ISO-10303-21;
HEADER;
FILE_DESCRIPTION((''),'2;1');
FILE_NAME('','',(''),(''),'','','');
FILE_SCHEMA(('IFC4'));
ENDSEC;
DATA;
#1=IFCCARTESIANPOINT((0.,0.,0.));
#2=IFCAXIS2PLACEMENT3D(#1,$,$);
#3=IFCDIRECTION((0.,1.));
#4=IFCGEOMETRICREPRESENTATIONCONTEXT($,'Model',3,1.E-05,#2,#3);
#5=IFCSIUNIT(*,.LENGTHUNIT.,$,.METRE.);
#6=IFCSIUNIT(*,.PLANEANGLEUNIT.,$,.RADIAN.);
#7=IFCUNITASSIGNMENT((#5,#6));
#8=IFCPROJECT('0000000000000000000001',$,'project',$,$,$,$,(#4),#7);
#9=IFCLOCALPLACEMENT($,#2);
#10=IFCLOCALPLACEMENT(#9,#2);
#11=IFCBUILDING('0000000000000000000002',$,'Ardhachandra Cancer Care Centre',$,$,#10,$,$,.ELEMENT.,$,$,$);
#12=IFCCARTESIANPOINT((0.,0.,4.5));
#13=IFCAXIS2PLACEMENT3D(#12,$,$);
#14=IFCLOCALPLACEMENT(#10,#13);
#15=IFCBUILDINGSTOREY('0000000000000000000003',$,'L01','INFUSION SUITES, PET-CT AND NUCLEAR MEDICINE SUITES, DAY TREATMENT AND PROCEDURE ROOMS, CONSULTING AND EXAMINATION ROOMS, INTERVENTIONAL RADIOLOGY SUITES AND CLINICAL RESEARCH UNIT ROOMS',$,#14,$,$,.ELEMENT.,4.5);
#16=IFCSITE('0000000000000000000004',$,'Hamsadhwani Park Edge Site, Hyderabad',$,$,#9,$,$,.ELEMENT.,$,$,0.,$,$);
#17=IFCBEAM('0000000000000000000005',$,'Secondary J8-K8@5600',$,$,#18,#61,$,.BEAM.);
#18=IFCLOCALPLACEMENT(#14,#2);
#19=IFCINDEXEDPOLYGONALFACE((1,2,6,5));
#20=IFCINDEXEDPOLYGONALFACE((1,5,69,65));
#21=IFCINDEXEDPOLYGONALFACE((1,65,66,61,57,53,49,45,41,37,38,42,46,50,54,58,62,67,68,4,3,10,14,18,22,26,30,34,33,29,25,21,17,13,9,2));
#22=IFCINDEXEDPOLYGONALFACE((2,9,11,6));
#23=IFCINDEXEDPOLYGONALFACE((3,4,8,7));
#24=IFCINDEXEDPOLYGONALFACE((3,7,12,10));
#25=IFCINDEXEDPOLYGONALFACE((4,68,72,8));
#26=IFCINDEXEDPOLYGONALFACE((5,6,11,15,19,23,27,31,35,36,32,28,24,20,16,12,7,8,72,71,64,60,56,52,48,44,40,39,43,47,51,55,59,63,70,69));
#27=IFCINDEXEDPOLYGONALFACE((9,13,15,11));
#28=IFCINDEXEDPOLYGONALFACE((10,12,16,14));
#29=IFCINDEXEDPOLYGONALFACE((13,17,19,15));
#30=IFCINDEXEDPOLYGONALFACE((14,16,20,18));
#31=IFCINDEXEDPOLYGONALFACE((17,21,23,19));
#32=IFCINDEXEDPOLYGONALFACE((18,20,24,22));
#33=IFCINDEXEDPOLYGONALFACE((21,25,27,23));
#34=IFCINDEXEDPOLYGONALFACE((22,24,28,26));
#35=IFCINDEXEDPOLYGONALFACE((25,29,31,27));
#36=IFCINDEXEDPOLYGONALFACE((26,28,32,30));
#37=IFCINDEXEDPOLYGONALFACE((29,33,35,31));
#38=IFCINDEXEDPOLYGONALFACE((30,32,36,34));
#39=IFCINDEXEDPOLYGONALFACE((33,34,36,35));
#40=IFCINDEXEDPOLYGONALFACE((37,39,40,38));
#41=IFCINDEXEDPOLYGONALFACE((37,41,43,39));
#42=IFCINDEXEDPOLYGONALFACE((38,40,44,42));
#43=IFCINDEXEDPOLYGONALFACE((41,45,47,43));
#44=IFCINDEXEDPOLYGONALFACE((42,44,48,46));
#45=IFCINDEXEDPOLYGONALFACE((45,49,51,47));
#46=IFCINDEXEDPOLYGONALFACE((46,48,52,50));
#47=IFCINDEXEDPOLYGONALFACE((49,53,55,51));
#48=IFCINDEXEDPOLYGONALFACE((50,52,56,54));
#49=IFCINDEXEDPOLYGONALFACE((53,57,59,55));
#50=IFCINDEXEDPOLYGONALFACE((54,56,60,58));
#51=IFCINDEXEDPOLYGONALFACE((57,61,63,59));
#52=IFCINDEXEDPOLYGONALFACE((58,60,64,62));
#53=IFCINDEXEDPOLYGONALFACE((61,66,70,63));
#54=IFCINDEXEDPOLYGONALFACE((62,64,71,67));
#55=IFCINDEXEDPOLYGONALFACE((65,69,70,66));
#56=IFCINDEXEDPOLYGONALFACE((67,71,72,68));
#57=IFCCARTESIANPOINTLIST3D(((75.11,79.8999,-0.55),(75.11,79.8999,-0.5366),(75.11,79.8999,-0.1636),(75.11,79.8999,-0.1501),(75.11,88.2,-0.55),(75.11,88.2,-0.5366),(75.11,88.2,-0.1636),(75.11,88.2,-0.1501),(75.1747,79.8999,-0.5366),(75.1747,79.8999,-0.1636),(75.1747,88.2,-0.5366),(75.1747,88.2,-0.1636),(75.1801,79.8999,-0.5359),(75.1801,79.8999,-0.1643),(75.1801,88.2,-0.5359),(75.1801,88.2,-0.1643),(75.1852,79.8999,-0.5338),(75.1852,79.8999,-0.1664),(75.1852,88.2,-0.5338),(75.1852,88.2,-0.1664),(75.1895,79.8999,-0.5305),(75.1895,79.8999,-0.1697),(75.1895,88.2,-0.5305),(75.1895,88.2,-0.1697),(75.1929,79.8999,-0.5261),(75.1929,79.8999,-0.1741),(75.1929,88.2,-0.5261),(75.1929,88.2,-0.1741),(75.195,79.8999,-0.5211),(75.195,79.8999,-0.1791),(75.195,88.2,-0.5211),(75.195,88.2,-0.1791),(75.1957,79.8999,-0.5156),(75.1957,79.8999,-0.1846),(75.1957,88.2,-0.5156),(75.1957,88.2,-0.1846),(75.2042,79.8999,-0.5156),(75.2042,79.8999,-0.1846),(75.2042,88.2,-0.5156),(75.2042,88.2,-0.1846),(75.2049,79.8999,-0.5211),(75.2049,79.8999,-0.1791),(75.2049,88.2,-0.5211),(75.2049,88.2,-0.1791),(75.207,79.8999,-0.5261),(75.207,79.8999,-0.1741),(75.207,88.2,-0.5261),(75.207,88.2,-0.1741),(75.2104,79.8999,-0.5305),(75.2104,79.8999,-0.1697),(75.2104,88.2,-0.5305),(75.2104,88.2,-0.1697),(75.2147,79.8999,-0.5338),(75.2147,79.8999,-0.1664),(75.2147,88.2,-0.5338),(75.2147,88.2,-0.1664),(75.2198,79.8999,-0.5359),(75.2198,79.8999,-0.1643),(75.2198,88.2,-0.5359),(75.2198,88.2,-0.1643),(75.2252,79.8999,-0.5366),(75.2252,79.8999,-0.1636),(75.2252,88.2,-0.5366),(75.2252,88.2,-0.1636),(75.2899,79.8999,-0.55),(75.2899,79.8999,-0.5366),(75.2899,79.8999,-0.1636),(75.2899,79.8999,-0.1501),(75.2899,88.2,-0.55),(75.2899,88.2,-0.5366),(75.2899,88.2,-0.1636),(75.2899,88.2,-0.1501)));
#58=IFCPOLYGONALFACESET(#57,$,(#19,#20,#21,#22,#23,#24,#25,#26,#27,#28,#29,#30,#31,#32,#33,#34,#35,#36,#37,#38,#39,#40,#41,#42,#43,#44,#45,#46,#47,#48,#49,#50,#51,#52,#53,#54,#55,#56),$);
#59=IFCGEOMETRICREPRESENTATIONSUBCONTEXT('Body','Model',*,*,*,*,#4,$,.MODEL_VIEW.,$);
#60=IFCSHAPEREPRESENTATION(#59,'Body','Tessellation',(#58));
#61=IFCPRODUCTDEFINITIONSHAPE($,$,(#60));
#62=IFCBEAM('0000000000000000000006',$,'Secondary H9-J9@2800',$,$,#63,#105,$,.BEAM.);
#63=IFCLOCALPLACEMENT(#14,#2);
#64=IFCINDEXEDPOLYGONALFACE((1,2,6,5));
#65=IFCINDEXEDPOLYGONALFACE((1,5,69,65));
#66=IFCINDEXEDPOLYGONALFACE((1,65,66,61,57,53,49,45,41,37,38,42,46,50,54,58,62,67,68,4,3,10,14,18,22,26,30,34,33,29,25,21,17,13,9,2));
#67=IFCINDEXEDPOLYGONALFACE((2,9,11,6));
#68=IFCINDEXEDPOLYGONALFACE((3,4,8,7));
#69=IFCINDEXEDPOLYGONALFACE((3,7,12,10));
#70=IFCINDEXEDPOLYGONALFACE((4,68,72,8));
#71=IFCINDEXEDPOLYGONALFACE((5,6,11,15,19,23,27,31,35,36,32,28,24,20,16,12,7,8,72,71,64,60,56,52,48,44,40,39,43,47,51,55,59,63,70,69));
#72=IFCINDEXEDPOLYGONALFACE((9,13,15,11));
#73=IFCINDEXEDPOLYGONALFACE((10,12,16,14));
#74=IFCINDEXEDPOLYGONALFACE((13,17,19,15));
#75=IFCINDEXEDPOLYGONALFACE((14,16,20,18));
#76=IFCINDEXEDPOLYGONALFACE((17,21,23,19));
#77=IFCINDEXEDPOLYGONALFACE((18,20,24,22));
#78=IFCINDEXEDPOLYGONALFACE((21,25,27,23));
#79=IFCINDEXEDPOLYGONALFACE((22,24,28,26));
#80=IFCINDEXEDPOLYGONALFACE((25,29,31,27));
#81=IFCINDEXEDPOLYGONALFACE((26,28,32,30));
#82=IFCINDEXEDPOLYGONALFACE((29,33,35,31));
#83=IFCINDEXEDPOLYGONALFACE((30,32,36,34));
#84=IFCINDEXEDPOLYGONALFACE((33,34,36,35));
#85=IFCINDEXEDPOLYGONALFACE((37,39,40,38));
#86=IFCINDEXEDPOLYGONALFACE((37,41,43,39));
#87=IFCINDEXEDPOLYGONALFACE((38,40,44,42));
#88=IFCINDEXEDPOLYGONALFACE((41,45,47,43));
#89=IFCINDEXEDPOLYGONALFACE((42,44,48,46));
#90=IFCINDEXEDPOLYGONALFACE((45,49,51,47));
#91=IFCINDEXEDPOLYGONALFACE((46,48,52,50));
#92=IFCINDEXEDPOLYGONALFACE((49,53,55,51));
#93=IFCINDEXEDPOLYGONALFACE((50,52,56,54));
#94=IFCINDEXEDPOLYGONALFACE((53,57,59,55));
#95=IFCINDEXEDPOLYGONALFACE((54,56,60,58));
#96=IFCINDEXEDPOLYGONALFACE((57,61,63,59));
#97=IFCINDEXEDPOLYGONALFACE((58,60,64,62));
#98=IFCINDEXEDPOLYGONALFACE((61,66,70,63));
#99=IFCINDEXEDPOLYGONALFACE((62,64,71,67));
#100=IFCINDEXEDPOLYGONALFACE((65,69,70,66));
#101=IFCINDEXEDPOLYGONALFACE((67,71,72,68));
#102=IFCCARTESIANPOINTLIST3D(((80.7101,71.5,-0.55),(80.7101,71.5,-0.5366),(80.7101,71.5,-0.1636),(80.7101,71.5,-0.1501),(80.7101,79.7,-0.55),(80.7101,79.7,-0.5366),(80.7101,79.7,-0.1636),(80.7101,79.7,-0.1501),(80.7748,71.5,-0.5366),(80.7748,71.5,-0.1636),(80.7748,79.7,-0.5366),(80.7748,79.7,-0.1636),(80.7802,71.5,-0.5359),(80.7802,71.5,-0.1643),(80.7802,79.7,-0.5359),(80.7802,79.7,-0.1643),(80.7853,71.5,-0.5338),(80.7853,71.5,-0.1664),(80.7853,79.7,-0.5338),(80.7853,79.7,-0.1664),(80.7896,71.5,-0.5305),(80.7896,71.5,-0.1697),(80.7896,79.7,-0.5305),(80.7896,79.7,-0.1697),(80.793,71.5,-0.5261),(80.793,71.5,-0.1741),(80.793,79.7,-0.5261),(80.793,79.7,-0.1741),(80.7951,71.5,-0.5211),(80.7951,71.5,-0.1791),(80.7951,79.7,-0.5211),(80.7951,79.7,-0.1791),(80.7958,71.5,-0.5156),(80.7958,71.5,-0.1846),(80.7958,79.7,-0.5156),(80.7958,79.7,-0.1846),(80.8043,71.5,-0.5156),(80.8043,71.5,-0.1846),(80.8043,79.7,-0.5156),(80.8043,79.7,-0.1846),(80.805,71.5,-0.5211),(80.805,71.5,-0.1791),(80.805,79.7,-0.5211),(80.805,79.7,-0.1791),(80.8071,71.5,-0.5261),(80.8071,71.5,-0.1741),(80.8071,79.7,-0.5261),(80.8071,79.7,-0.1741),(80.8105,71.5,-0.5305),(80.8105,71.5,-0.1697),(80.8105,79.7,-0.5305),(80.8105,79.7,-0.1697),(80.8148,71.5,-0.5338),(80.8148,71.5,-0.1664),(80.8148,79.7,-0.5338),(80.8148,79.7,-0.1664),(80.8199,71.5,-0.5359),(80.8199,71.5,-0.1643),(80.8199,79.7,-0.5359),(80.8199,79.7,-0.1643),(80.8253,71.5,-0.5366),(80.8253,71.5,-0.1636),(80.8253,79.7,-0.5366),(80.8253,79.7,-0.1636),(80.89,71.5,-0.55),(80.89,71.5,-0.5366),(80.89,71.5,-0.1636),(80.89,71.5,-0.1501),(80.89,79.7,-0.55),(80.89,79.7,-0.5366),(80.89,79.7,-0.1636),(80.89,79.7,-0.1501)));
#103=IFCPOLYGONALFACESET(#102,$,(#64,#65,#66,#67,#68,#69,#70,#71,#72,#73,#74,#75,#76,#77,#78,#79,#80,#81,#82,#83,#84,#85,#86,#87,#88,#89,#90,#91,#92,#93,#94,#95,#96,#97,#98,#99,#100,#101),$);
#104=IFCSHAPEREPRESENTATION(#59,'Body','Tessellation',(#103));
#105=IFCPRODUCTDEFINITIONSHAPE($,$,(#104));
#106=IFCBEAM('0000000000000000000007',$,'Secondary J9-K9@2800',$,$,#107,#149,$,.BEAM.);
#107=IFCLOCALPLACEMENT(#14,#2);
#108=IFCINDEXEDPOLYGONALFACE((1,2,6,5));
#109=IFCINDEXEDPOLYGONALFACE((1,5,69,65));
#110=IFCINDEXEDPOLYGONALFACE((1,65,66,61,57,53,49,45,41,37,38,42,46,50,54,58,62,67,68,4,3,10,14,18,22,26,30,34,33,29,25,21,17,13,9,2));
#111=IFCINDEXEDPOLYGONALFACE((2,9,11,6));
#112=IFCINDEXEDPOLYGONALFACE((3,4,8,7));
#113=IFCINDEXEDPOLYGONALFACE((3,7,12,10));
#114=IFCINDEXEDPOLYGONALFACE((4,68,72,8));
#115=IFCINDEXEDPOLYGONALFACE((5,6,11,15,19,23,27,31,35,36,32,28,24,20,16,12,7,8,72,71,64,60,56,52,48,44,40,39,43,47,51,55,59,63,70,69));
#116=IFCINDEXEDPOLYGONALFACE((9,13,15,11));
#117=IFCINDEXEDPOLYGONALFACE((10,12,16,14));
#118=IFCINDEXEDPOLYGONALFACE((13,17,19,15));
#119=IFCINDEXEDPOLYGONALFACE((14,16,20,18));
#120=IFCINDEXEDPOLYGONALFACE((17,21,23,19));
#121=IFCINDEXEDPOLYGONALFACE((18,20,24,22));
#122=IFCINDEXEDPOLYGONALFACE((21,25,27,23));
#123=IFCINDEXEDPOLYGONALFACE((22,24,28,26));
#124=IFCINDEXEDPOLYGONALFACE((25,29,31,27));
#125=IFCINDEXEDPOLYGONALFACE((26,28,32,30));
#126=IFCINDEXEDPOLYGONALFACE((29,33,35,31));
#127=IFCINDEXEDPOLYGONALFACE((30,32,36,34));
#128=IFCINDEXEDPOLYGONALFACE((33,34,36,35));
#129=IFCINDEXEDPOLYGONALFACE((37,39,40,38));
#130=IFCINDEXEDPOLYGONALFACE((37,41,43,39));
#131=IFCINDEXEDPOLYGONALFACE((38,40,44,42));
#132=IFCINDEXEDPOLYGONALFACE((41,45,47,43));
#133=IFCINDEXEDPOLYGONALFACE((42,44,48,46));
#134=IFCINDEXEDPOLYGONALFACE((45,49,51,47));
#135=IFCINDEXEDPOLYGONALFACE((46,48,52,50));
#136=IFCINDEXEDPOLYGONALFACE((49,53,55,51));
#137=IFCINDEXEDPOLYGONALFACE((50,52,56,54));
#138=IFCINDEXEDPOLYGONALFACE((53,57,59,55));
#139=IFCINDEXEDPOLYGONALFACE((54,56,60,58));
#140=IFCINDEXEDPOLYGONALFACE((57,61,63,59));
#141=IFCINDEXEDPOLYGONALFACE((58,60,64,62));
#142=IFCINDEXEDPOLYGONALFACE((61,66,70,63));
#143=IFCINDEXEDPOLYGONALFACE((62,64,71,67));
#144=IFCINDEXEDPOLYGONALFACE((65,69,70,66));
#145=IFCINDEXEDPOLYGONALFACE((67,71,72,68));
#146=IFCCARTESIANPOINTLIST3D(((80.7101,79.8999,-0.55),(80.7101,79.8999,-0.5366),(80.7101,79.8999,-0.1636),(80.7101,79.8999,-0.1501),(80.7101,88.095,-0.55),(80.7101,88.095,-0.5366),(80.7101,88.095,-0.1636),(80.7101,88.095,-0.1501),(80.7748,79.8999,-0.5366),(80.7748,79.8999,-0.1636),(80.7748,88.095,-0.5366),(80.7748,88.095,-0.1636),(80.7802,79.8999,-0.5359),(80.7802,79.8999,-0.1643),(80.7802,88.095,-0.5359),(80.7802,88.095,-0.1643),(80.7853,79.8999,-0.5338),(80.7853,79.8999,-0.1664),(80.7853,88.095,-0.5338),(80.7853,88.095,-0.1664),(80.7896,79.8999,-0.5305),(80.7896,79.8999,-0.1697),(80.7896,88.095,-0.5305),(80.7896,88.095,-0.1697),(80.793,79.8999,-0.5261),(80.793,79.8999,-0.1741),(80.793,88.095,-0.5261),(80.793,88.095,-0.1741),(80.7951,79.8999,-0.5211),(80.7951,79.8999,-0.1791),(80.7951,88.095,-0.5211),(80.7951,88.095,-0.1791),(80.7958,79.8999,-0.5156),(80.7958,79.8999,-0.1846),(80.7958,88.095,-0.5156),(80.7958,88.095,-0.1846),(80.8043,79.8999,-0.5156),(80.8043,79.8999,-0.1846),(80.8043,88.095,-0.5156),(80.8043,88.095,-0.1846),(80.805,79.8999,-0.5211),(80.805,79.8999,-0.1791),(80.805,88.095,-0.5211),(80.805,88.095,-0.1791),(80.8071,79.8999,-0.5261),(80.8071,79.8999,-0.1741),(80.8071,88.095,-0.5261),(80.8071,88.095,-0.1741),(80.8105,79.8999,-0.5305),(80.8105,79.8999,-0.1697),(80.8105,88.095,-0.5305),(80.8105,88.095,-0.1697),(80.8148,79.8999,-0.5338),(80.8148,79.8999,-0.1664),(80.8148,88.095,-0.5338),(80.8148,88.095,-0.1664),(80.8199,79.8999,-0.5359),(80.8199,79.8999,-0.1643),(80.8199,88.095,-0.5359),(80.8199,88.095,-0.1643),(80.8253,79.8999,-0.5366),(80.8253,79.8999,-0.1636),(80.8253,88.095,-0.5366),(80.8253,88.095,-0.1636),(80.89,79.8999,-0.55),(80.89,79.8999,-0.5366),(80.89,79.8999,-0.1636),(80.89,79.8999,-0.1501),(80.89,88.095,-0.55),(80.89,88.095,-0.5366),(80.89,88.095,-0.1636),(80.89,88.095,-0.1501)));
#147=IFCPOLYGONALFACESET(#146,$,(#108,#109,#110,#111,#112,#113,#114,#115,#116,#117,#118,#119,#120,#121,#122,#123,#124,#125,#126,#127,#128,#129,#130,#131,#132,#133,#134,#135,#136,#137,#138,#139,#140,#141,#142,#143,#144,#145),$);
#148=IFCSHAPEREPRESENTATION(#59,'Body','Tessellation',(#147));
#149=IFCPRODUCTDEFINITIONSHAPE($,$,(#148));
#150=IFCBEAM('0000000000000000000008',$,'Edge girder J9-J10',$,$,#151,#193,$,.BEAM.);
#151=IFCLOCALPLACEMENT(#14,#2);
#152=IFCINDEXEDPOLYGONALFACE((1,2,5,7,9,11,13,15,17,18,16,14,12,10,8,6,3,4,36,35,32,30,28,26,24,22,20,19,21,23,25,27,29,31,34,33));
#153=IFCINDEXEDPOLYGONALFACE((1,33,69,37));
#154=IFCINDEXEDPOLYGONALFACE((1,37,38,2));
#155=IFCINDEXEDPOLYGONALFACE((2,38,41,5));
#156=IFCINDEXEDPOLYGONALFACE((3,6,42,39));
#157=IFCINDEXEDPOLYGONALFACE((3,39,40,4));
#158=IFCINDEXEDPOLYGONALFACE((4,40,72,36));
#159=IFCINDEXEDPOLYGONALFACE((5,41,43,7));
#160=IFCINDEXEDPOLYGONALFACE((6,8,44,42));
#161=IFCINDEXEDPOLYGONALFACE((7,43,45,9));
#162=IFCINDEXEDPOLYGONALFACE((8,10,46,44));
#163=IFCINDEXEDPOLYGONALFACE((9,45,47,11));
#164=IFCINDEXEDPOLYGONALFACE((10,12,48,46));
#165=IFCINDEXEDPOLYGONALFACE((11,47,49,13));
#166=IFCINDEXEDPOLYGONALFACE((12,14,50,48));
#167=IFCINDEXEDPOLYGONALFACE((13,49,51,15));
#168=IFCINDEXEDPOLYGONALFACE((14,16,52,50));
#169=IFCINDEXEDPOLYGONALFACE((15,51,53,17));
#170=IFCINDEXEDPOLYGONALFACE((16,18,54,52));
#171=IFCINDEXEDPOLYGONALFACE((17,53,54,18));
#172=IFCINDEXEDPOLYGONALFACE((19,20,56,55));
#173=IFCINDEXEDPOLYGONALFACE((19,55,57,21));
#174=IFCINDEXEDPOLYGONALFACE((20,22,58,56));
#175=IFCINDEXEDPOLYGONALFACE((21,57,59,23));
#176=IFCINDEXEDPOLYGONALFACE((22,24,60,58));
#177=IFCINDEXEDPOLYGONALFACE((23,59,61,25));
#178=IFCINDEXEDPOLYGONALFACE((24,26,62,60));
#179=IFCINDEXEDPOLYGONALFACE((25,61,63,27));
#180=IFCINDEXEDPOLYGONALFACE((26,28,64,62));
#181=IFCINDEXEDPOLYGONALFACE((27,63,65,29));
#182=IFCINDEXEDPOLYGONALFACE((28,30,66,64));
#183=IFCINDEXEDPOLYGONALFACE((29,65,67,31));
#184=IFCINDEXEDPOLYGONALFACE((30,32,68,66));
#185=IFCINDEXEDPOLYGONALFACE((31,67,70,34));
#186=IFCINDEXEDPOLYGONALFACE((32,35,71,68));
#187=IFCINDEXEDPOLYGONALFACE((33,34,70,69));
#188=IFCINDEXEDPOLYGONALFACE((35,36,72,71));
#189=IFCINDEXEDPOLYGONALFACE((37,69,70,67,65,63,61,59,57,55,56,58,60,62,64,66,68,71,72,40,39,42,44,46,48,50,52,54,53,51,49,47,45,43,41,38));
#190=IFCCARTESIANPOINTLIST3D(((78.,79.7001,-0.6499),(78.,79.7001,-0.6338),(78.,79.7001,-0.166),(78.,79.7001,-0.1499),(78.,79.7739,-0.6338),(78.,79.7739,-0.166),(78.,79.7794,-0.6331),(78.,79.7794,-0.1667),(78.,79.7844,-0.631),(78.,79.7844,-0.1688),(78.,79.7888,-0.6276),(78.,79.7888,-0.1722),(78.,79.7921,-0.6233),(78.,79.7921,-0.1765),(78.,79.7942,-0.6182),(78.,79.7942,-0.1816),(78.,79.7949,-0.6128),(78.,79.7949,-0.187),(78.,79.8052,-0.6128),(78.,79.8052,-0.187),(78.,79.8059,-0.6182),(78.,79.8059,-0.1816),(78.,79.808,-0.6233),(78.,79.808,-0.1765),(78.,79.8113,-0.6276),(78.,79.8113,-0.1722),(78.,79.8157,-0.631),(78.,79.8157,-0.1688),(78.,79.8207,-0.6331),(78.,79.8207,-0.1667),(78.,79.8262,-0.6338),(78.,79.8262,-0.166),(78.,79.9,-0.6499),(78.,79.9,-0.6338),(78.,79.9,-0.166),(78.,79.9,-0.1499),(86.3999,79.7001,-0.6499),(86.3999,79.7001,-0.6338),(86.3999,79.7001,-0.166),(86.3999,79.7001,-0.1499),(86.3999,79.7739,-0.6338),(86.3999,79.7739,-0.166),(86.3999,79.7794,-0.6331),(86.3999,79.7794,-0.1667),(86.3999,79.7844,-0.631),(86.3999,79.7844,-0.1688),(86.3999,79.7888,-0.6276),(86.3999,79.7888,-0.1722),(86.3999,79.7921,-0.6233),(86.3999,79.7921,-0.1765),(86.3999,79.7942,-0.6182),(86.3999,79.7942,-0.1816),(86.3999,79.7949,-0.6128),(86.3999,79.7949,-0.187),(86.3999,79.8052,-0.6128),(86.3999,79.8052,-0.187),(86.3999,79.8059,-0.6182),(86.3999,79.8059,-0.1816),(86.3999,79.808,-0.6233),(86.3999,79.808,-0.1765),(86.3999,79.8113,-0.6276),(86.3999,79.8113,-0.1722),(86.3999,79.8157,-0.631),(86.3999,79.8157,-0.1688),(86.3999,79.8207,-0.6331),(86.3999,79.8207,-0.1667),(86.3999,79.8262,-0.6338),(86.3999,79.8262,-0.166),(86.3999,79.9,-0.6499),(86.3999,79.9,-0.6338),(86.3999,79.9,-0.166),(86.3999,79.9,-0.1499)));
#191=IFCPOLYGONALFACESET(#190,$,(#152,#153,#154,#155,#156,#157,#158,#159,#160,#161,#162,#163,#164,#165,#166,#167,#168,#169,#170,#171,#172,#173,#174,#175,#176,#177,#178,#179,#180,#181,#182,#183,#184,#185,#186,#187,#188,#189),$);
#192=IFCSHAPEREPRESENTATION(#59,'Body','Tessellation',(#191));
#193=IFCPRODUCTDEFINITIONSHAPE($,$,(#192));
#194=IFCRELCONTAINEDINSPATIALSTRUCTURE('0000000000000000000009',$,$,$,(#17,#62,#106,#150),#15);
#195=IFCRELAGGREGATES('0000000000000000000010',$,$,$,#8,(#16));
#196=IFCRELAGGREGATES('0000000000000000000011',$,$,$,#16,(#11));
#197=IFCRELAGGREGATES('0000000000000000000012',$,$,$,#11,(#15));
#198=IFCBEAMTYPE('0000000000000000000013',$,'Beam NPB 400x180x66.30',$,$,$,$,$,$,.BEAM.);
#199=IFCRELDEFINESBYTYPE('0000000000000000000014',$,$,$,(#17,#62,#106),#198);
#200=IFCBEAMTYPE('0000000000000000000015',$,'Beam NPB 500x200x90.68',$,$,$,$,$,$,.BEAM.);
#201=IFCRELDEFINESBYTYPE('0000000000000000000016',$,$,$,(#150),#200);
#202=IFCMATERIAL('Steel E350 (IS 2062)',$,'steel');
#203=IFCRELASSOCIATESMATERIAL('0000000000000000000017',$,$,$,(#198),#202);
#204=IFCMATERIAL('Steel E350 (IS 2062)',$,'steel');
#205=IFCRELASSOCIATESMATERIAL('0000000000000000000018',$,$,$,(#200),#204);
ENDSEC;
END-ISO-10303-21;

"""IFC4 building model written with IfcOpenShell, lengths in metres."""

from ifc_helpers import new_model, si_unit, direction, frame, origin, origin_2d, place, context, subcontext, project, spatial, i_section, extrude, material, material_profile, profile_set, type_object, element, save


model = new_model("IFC4")

# Units and contexts
model_context = context("Model", 3, precision=1e-05, world=origin(), true_north=direction((0.0, 1.0)))
body_context = subcontext(model_context, "Body", "Model", "MODEL_VIEW")
ifc_project = project(units=[si_unit("LENGTHUNIT", "METRE"), si_unit("PLANEANGLEUNIT", "RADIAN")], contexts=[model_context])

# Site, building, storey
site_placement = place(None, origin())
site = spatial("IfcSite", under=ifc_project, at=site_placement, Name="Hamsadhwani Park Edge Site, Hyderabad", CompositionType="ELEMENT", RefElevation=0.0)
building_placement = place(site_placement, origin())
building = spatial("IfcBuilding", under=site, at=building_placement, Name="Ardhachandra Cancer Care Centre", CompositionType="ELEMENT")
storey_placement = place(building_placement, frame((0.0, 0.0, 4.5)))
storey = spatial("IfcBuildingStorey", under=building, at=storey_placement, Name="L01", Description="INFUSION SUITES, PET-CT AND NUCLEAR MEDICINE SUITES, DAY TREATMENT AND PROCEDURE ROOMS, CONSULTING AND EXAMINATION ROOMS, INTERVENTIONAL RADIOLOGY SUITES AND CLINICAL RESEARCH UNIT ROOMS", CompositionType="ELEMENT", Elevation=4.5)

# Beams
ifc_material_1 = material(Name="Steel E350 (IS 2062)", Category="steel")
ifc_material_profile_1 = material_profile(ifc_material_1, i_section(OverallWidth=0.1799, OverallDepth=0.3999, WebThickness=0.0085, FlangeThickness=0.0134, FilletRadius=0.021, at=origin_2d()), Name="NPB 400x180x66.30")
ifc_profile_set_1 = profile_set([ifc_material_profile_1], Name="Steel E350 (IS 2062)")
beam_type_1 = type_object("IfcBeamType", Name="Beam NPB 400x180x66.30", PredefinedType="BEAM", material=ifc_profile_set_1)
beam_1_placement = place(storey_placement, frame((75.2, 79.8999, -0.3501), z_axis=(0.0, 1.0, 0.0), x_axis=(-1.0, 0.0, 0.0)))
element("IfcBeam", 1, at=beam_1_placement, inside=storey, type_object=beam_type_1, Name="Secondary J8-K8@5600", PredefinedType="BEAM", context=body_context, shape_type="SweptSolid", body=[
    extrude(i_section(OverallWidth=0.1799, OverallDepth=0.3999, WebThickness=0.0085, FlangeThickness=0.0134, FilletRadius=0.021, at=origin_2d()), origin(), (0.0, 0.0, 1.0), 8.3),
])
beam_2_placement = place(storey_placement, frame((80.8, 71.5, -0.3501), z_axis=(0.0, 1.0, 0.0), x_axis=(-1.0, 0.0, 0.0)))
element("IfcBeam", 2, at=beam_2_placement, inside=storey, type_object=beam_type_1, Name="Secondary H9-J9@2800", PredefinedType="BEAM", context=body_context, shape_type="SweptSolid", body=[
    extrude(i_section(OverallWidth=0.1799, OverallDepth=0.3999, WebThickness=0.0085, FlangeThickness=0.0134, FilletRadius=0.021, at=origin_2d()), origin(), (0.0, 0.0, 1.0), 8.2),
])
beam_3_placement = place(storey_placement, frame((80.8, 79.8999, -0.3501), z_axis=(0.0, 1.0, 0.0), x_axis=(-1.0, 0.0, 0.0)))
element("IfcBeam", 3, at=beam_3_placement, inside=storey, type_object=beam_type_1, Name="Secondary J9-K9@2800", PredefinedType="BEAM", context=body_context, shape_type="SweptSolid", body=[
    extrude(i_section(OverallWidth=0.1799, OverallDepth=0.3999, WebThickness=0.0085, FlangeThickness=0.0134, FilletRadius=0.021, at=origin_2d()), origin(), (0.0, 0.0, 1.0), 8.1951),
])
ifc_material_2 = material(Name="Steel E350 (IS 2062)", Category="steel")
ifc_material_profile_2 = material_profile(ifc_material_2, i_section(OverallWidth=0.2, OverallDepth=0.5, WebThickness=0.0103, FlangeThickness=0.0161, FilletRadius=0.021, at=origin_2d()), Name="NPB 500x200x90.68")
ifc_profile_set_2 = profile_set([ifc_material_profile_2], Name="Steel E350 (IS 2062)")
beam_type_2 = type_object("IfcBeamType", Name="Beam NPB 500x200x90.68", PredefinedType="BEAM", material=ifc_profile_set_2)
beam_4_placement = place(storey_placement, frame((78.0, 79.8, -0.3999), z_axis=(1.0, 0.0, 0.0), x_axis=(0.0, 1.0, 0.0)))
element("IfcBeam", 4, at=beam_4_placement, inside=storey, type_object=beam_type_2, Name="Edge girder J9-J10", PredefinedType="BEAM", context=body_context, shape_type="SweptSolid", body=[
    extrude(i_section(OverallWidth=0.2, OverallDepth=0.5, WebThickness=0.0103, FlangeThickness=0.0161, FilletRadius=0.021, at=origin_2d()), origin(), (0.0, 0.0, 1.0), 8.3999),
])

save(model, "model.ifc")
